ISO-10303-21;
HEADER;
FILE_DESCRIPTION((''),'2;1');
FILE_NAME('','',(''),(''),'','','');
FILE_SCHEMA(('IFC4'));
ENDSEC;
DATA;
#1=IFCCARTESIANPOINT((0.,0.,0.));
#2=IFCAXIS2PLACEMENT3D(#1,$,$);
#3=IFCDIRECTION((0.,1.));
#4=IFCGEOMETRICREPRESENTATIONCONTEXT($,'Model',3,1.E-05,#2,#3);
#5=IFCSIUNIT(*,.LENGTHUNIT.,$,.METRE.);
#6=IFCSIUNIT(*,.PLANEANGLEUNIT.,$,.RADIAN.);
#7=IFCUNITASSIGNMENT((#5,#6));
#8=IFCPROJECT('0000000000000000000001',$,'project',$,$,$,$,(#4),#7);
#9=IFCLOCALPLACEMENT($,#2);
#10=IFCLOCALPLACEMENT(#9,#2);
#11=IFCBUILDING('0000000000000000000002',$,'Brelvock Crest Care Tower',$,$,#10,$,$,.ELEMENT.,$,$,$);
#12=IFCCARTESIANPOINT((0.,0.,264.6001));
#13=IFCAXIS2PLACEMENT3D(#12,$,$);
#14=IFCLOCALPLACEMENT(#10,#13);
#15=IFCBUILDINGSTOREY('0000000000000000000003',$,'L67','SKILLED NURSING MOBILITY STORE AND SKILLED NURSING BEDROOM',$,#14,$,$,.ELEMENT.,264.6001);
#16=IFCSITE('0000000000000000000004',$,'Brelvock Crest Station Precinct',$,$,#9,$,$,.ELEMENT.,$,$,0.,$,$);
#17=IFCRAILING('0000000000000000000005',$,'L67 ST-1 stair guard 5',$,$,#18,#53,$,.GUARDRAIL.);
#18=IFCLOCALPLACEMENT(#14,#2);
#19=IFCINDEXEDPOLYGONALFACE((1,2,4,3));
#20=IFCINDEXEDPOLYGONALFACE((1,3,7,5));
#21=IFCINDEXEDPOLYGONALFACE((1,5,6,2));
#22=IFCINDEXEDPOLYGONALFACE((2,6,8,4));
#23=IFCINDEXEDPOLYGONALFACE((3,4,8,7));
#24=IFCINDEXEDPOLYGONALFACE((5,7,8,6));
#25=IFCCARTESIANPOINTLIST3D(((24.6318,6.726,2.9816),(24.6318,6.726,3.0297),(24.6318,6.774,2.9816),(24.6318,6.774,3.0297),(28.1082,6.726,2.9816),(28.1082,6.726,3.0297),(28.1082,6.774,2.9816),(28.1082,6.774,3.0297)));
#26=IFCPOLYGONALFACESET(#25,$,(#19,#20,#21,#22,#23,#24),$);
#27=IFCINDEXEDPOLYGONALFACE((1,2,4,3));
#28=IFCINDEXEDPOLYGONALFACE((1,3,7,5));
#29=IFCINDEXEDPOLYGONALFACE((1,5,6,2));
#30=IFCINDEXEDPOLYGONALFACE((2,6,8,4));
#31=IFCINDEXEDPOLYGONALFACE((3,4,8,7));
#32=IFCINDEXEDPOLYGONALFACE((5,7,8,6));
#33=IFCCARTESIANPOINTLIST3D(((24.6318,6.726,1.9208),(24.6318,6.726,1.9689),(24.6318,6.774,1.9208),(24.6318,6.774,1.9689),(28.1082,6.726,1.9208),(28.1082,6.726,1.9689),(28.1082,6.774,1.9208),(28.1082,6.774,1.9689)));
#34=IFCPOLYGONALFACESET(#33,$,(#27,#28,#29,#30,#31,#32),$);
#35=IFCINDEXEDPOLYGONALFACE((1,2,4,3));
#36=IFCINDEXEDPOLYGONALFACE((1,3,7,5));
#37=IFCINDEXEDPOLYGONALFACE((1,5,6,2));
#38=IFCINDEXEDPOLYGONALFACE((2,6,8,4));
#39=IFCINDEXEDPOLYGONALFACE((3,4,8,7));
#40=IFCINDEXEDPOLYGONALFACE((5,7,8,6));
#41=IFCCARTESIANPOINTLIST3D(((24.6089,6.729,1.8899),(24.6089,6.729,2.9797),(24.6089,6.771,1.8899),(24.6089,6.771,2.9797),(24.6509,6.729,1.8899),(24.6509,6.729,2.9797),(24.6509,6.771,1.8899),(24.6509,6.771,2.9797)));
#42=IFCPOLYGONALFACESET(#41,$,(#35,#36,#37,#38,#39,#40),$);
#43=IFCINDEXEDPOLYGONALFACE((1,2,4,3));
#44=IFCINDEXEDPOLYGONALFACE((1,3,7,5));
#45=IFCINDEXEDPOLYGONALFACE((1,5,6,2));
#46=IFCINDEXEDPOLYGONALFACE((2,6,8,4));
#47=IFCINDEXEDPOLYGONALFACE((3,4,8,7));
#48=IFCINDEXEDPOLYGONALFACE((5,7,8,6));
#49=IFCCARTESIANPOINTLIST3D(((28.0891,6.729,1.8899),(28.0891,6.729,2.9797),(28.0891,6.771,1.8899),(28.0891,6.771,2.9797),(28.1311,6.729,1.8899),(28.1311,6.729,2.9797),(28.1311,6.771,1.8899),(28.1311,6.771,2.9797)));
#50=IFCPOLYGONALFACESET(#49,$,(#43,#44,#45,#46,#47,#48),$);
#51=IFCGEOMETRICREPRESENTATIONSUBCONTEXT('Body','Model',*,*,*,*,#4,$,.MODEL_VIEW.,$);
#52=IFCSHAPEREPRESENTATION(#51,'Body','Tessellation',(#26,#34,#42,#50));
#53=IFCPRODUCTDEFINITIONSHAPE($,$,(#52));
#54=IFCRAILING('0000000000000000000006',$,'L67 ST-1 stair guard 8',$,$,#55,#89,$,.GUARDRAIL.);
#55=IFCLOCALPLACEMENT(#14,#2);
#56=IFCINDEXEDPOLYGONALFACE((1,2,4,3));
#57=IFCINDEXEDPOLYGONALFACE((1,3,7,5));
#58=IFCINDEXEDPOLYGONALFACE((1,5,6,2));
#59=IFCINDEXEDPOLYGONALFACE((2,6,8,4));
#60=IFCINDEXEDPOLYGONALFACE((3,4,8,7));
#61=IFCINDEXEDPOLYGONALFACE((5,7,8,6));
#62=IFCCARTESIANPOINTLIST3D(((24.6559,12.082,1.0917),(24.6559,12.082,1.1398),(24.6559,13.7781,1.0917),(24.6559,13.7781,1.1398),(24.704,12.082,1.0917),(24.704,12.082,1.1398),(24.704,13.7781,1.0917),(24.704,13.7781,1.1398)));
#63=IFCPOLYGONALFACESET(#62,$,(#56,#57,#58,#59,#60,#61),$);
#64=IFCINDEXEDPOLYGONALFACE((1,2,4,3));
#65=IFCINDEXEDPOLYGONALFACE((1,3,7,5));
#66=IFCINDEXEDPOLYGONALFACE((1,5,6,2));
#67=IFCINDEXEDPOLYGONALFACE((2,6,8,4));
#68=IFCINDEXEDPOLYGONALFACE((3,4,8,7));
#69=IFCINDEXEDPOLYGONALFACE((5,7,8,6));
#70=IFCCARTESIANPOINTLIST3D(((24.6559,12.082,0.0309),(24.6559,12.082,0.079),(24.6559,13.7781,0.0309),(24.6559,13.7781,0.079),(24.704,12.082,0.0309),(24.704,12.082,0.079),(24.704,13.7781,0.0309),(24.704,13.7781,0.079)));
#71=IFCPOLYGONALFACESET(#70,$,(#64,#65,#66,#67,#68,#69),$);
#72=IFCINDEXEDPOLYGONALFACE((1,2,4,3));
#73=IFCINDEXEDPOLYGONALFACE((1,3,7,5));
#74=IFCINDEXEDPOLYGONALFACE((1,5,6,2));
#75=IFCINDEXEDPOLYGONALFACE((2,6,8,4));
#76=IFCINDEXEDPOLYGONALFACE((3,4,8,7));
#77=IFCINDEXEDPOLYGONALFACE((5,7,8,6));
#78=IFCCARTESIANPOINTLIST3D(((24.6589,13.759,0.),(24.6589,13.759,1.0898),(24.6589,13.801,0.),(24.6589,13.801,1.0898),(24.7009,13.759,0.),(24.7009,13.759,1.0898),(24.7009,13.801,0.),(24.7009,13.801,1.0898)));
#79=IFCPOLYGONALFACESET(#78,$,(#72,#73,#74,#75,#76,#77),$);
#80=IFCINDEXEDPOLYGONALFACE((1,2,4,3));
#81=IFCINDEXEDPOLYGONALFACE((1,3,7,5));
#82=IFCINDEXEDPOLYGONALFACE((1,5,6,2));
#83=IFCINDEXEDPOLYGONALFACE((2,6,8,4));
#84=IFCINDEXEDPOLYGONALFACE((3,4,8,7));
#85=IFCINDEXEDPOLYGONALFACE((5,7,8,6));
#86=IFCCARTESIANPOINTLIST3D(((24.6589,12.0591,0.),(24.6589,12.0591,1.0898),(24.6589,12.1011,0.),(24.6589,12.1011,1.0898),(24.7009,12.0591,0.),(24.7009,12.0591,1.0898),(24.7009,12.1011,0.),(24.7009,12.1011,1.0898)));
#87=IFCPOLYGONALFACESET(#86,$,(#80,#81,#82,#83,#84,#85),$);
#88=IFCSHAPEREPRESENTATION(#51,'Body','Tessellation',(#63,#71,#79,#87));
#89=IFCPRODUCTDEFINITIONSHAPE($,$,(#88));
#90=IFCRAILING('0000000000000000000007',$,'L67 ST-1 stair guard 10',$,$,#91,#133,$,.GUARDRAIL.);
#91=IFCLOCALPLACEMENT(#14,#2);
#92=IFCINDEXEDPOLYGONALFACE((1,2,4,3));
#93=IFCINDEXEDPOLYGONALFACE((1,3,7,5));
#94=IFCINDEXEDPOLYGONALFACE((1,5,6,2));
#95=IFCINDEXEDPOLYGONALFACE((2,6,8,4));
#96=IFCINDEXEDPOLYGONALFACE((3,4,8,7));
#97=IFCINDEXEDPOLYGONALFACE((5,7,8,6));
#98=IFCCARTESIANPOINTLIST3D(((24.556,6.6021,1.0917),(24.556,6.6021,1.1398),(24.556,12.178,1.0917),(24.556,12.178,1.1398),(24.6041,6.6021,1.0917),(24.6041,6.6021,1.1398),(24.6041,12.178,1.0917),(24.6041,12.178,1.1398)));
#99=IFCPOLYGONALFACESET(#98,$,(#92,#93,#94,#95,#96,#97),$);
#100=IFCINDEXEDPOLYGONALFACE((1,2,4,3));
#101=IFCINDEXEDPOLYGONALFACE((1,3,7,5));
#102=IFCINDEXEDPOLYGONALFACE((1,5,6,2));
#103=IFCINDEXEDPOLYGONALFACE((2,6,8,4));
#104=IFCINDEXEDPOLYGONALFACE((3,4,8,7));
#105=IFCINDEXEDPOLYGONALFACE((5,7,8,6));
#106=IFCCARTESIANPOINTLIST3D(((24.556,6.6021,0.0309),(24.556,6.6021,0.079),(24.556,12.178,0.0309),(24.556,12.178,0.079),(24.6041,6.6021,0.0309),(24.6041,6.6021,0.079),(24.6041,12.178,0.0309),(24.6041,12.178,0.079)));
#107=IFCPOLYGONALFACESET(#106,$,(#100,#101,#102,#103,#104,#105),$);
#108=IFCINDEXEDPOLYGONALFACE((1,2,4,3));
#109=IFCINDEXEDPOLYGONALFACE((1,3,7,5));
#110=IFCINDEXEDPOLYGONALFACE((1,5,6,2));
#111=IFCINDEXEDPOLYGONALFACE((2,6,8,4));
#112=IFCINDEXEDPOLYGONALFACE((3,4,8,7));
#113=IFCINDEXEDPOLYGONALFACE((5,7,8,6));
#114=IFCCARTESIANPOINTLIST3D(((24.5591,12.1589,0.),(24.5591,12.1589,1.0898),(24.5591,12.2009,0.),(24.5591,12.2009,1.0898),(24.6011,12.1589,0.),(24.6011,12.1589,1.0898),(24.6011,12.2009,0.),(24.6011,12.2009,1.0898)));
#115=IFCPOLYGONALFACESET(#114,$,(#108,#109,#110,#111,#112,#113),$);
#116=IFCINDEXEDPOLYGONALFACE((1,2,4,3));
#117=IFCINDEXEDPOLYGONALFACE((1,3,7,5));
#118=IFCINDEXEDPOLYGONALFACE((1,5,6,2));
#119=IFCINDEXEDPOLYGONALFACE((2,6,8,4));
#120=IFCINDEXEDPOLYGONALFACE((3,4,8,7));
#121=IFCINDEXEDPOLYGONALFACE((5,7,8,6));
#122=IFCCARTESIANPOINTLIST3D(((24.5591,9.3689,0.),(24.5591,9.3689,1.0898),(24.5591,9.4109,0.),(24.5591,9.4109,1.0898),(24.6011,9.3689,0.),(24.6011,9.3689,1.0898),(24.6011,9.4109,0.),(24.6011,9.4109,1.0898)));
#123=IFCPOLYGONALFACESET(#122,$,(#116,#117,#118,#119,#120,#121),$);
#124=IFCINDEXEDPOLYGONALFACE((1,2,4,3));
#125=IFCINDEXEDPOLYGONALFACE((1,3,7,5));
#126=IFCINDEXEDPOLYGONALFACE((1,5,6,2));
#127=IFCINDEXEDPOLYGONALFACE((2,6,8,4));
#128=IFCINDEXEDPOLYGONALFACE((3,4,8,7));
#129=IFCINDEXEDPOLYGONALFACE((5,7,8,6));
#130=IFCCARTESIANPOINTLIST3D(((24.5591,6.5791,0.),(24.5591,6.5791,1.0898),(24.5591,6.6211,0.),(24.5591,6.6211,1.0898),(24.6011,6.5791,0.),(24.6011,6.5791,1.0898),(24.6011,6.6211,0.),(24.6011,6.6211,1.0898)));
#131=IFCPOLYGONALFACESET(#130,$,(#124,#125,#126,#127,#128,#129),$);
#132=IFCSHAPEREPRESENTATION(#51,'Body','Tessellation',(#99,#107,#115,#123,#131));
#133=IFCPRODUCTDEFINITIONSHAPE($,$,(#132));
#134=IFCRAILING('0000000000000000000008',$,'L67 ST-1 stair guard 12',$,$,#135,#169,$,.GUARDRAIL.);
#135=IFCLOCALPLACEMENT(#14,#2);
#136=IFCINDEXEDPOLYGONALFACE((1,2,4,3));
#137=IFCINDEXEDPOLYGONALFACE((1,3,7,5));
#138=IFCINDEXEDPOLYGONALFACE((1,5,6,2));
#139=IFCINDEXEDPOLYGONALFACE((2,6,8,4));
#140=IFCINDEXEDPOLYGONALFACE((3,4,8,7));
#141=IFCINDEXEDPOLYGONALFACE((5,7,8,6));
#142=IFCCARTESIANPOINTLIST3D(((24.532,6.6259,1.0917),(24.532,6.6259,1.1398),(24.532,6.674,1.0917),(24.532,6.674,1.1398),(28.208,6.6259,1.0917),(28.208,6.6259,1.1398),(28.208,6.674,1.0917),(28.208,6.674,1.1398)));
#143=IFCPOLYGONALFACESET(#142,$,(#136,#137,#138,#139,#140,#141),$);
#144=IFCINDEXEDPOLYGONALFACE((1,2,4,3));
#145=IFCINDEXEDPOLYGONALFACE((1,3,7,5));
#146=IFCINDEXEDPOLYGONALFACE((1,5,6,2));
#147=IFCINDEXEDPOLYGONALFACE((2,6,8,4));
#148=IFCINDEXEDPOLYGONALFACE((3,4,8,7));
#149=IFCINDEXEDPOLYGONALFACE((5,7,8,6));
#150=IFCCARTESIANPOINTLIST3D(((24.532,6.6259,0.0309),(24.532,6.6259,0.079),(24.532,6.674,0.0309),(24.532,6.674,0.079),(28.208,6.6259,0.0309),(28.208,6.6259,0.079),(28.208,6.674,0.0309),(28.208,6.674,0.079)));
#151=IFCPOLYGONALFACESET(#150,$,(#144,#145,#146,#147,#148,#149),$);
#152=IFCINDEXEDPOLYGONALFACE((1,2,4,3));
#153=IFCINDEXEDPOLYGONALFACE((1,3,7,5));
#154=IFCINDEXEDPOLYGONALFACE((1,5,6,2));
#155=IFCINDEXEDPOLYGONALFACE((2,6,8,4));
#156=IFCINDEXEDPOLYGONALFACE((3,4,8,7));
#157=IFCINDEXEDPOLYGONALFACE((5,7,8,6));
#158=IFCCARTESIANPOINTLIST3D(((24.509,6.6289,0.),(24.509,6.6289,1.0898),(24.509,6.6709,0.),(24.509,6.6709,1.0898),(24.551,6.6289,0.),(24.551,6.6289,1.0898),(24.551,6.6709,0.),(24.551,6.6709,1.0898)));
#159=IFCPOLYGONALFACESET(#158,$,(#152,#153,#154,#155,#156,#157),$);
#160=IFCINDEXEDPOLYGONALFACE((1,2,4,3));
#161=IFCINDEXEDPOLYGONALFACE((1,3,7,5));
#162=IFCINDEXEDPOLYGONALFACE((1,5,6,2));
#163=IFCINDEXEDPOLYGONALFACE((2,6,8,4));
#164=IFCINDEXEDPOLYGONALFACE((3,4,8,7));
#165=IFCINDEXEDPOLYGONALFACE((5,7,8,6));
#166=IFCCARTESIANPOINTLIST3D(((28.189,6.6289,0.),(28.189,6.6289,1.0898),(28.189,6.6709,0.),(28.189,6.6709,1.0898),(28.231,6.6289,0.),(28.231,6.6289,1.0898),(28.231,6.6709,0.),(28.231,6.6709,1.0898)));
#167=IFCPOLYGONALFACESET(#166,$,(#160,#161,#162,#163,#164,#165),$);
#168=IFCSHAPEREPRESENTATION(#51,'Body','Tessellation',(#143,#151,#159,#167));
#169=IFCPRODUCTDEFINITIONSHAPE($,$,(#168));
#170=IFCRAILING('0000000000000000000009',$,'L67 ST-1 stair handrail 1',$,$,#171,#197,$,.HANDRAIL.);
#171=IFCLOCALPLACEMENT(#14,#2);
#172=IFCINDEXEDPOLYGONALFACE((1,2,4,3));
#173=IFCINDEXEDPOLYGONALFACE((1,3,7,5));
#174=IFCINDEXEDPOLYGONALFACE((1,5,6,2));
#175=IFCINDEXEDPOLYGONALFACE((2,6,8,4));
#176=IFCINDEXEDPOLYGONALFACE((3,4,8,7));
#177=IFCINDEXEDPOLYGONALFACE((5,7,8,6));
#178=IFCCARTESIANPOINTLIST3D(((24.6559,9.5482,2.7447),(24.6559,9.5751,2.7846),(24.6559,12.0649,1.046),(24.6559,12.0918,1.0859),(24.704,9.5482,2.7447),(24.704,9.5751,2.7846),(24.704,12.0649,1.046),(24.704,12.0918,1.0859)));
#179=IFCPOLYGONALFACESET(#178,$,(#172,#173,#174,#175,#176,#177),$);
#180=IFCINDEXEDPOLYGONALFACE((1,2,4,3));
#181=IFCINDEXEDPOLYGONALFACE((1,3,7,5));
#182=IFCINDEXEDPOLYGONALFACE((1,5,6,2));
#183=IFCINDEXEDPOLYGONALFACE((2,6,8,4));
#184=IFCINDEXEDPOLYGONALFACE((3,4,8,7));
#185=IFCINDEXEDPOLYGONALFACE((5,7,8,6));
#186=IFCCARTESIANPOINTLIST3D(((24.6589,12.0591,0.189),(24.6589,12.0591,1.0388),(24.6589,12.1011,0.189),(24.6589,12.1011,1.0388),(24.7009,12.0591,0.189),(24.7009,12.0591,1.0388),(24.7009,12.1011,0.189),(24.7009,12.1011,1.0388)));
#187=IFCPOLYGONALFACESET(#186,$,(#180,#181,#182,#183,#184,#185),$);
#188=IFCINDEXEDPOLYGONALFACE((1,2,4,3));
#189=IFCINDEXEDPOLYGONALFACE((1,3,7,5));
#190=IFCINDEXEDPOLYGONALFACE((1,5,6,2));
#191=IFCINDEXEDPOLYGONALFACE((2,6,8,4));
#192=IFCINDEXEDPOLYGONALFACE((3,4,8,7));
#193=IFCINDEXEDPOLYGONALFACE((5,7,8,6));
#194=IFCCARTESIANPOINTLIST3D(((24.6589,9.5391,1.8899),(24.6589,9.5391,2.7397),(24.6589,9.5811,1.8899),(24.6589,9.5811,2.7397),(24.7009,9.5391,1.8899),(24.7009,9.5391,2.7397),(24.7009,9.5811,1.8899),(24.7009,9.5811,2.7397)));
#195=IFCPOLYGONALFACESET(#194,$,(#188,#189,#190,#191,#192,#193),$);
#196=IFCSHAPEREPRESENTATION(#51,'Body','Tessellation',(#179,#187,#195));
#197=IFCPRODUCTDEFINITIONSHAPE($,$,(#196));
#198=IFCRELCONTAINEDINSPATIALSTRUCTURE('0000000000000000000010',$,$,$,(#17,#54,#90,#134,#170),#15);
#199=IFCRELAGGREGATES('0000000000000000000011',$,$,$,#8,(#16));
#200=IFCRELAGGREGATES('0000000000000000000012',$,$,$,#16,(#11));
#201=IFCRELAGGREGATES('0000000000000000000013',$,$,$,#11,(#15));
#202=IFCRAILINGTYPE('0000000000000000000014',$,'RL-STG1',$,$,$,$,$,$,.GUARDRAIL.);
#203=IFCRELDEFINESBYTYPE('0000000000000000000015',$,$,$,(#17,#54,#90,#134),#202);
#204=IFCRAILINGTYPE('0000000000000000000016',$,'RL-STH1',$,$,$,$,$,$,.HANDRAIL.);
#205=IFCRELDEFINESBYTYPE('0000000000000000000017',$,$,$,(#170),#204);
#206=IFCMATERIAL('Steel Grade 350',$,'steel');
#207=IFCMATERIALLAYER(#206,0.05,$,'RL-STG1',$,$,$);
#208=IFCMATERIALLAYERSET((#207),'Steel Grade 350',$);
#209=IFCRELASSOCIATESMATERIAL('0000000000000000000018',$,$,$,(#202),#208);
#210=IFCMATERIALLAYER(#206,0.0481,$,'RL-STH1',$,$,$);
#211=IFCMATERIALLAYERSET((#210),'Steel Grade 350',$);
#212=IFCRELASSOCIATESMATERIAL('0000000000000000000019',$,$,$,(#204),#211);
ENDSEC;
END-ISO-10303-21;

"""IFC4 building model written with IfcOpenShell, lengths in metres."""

from ifc_helpers import new_model, si_unit, direction, frame, origin, origin_2d, place, context, subcontext, project, spatial, rectangle, extrude, material, layer, layer_set, type_object, element, save


model = new_model("IFC4")

# Units and contexts
model_context = context("Model", 3, precision=1e-05, world=origin(), true_north=direction((0.0, 1.0)))
body_context = subcontext(model_context, "Body", "Model", "MODEL_VIEW")
ifc_project = project(units=[si_unit("LENGTHUNIT", "METRE"), si_unit("PLANEANGLEUNIT", "RADIAN")], contexts=[model_context])

# Site, building, storey
site_placement = place(None, origin())
site = spatial("IfcSite", under=ifc_project, at=site_placement, Name="Brelvock Crest Station Precinct", CompositionType="ELEMENT", RefElevation=0.0)
building_placement = place(site_placement, origin())
building = spatial("IfcBuilding", under=site, at=building_placement, Name="Brelvock Crest Care Tower", CompositionType="ELEMENT")
storey_placement = place(building_placement, frame((0.0, 0.0, 264.6001)))
storey = spatial("IfcBuildingStorey", under=building, at=storey_placement, Name="L67", Description="SKILLED NURSING MOBILITY STORE AND SKILLED NURSING BEDROOM", CompositionType="ELEMENT", Elevation=264.6001)

# Shared definitions
ifc_material_1 = material(Name="Steel Grade 350", Category="steel")

# Railings
ifc_layer_1 = layer(ifc_material_1, 0.05, Name="RL-STG1")
ifc_layer_set_1 = layer_set([ifc_layer_1], Name="Steel Grade 350")
railing_type_1 = type_object("IfcRailingType", Name="RL-STG1", PredefinedType="GUARDRAIL", material=ifc_layer_set_1)
railing_1_placement = place(storey_placement, frame((24.6299, 6.75, 1.8899)))
element("IfcRailing", 1, at=railing_1_placement, inside=storey, type_object=railing_type_1, Name="L67 ST-1 stair guard 5", PredefinedType="GUARDRAIL", context=body_context, shape_type="SweptSolid", body=[
    extrude(rectangle(XDim=0.0481, YDim=0.0481, at=origin_2d()), frame((0.002, 0.0, 1.1157), z_axis=(1.0, 0.0, 0.0), x_axis=(0.0, 1.0, 0.0)), (0.0, 0.0, 1.0), 3.4763),
    extrude(rectangle(XDim=0.0481, YDim=0.0481, at=origin_2d()), frame((0.002, 0.0, 0.0549), z_axis=(1.0, 0.0, 0.0), x_axis=(0.0, 1.0, 0.0)), (0.0, 0.0, 1.0), 3.4763),
    extrude(rectangle(XDim=0.042, YDim=0.042, at=origin_2d()), origin(), (0.0, 0.0, 1.0), 1.0898),
    extrude(rectangle(XDim=0.042, YDim=0.042, at=origin_2d()), frame((3.4802, 0.0, 0.0)), (0.0, 0.0, 1.0), 1.0898),
])
railing_2_placement = place(storey_placement, frame((24.6799, 13.78, 0.0)))
element("IfcRailing", 2, at=railing_2_placement, inside=storey, type_object=railing_type_1, Name="L67 ST-1 stair guard 8", PredefinedType="GUARDRAIL", context=body_context, shape_type="SweptSolid", body=[
    extrude(rectangle(XDim=0.0481, YDim=0.0481, at=origin_2d()), frame((0.0, -0.002, 1.1157), z_axis=(0.0, -1.0, 0.0), x_axis=(1.0, 0.0, 0.0)), (0.0, 0.0, 1.0), 1.696),
    extrude(rectangle(XDim=0.0481, YDim=0.0481, at=origin_2d()), frame((0.0, -0.002, 0.0549), z_axis=(0.0, -1.0, 0.0), x_axis=(1.0, 0.0, 0.0)), (0.0, 0.0, 1.0), 1.696),
    extrude(rectangle(XDim=0.042, YDim=0.042, at=origin_2d()), origin(), (0.0, 0.0, 1.0), 1.0898),
    extrude(rectangle(XDim=0.042, YDim=0.042, at=origin_2d()), frame((0.0, -1.7, 0.0)), (0.0, 0.0, 1.0), 1.0898),
])
railing_3_placement = place(storey_placement, frame((24.5801, 12.1799, 0.0)))
element("IfcRailing", 3, at=railing_3_placement, inside=storey, type_object=railing_type_1, Name="L67 ST-1 stair guard 10", PredefinedType="GUARDRAIL", context=body_context, shape_type="SweptSolid", body=[
    extrude(rectangle(XDim=0.0481, YDim=0.0481, at=origin_2d()), frame((0.0, -0.002, 1.1157), z_axis=(0.0, -1.0, 0.0), x_axis=(1.0, 0.0, 0.0)), (0.0, 0.0, 1.0), 5.5759),
    extrude(rectangle(XDim=0.0481, YDim=0.0481, at=origin_2d()), frame((0.0, -0.002, 0.0549), z_axis=(0.0, -1.0, 0.0), x_axis=(1.0, 0.0, 0.0)), (0.0, 0.0, 1.0), 5.5759),
    extrude(rectangle(XDim=0.042, YDim=0.042, at=origin_2d()), origin(), (0.0, 0.0, 1.0), 1.0898),
    extrude(rectangle(XDim=0.042, YDim=0.042, at=origin_2d()), frame((0.0, -2.79, 0.0)), (0.0, 0.0, 1.0), 1.0898),
    extrude(rectangle(XDim=0.042, YDim=0.042, at=origin_2d()), frame((0.0, -5.5798, 0.0)), (0.0, 0.0, 1.0), 1.0898),
])
railing_4_placement = place(storey_placement, frame((24.53, 6.6499, 0.0)))
element("IfcRailing", 4, at=railing_4_placement, inside=storey, type_object=railing_type_1, Name="L67 ST-1 stair guard 12", PredefinedType="GUARDRAIL", context=body_context, shape_type="SweptSolid", body=[
    extrude(rectangle(XDim=0.0481, YDim=0.0481, at=origin_2d()), frame((0.002, 0.0, 1.1157), z_axis=(1.0, 0.0, 0.0), x_axis=(0.0, 1.0, 0.0)), (0.0, 0.0, 1.0), 3.676),
    extrude(rectangle(XDim=0.0481, YDim=0.0481, at=origin_2d()), frame((0.002, 0.0, 0.0549), z_axis=(1.0, 0.0, 0.0), x_axis=(0.0, 1.0, 0.0)), (0.0, 0.0, 1.0), 3.676),
    extrude(rectangle(XDim=0.042, YDim=0.042, at=origin_2d()), origin(), (0.0, 0.0, 1.0), 1.0898),
    extrude(rectangle(XDim=0.042, YDim=0.042, at=origin_2d()), frame((3.6799, 0.0, 0.0)), (0.0, 0.0, 1.0), 1.0898),
])
ifc_layer_2 = layer(ifc_material_1, 0.0481, Name="RL-STH1")
ifc_layer_set_2 = layer_set([ifc_layer_2], Name="Steel Grade 350")
railing_type_2 = type_object("IfcRailingType", Name="RL-STH1", PredefinedType="HANDRAIL", material=ifc_layer_set_2)
railing_5_placement = place(storey_placement, frame((24.6799, 12.0801, 0.189)))
element("IfcRailing", 5, at=railing_5_placement, inside=storey, type_object=railing_type_2, Name="L67 ST-1 stair handrail 1", PredefinedType="HANDRAIL", context=body_context, shape_type="SweptSolid", body=[
    extrude(rectangle(XDim=0.0481, YDim=0.0481, at=origin_2d()), frame((0.0, -0.0017, 0.877), z_axis=(0.0, -0.828862, 0.559454), x_axis=(1.0, 0.0, 0.0)), (0.0, 0.0, 1.0), 3.0364),
    extrude(rectangle(XDim=0.042, YDim=0.042, at=origin_2d()), origin(), (0.0, 0.0, 1.0), 0.8499),
    extrude(rectangle(XDim=0.042, YDim=0.042, at=origin_2d()), frame((0.0, -2.52, 1.7009)), (0.0, 0.0, 1.0), 0.8499),
])

save(model, "model.ifc")
